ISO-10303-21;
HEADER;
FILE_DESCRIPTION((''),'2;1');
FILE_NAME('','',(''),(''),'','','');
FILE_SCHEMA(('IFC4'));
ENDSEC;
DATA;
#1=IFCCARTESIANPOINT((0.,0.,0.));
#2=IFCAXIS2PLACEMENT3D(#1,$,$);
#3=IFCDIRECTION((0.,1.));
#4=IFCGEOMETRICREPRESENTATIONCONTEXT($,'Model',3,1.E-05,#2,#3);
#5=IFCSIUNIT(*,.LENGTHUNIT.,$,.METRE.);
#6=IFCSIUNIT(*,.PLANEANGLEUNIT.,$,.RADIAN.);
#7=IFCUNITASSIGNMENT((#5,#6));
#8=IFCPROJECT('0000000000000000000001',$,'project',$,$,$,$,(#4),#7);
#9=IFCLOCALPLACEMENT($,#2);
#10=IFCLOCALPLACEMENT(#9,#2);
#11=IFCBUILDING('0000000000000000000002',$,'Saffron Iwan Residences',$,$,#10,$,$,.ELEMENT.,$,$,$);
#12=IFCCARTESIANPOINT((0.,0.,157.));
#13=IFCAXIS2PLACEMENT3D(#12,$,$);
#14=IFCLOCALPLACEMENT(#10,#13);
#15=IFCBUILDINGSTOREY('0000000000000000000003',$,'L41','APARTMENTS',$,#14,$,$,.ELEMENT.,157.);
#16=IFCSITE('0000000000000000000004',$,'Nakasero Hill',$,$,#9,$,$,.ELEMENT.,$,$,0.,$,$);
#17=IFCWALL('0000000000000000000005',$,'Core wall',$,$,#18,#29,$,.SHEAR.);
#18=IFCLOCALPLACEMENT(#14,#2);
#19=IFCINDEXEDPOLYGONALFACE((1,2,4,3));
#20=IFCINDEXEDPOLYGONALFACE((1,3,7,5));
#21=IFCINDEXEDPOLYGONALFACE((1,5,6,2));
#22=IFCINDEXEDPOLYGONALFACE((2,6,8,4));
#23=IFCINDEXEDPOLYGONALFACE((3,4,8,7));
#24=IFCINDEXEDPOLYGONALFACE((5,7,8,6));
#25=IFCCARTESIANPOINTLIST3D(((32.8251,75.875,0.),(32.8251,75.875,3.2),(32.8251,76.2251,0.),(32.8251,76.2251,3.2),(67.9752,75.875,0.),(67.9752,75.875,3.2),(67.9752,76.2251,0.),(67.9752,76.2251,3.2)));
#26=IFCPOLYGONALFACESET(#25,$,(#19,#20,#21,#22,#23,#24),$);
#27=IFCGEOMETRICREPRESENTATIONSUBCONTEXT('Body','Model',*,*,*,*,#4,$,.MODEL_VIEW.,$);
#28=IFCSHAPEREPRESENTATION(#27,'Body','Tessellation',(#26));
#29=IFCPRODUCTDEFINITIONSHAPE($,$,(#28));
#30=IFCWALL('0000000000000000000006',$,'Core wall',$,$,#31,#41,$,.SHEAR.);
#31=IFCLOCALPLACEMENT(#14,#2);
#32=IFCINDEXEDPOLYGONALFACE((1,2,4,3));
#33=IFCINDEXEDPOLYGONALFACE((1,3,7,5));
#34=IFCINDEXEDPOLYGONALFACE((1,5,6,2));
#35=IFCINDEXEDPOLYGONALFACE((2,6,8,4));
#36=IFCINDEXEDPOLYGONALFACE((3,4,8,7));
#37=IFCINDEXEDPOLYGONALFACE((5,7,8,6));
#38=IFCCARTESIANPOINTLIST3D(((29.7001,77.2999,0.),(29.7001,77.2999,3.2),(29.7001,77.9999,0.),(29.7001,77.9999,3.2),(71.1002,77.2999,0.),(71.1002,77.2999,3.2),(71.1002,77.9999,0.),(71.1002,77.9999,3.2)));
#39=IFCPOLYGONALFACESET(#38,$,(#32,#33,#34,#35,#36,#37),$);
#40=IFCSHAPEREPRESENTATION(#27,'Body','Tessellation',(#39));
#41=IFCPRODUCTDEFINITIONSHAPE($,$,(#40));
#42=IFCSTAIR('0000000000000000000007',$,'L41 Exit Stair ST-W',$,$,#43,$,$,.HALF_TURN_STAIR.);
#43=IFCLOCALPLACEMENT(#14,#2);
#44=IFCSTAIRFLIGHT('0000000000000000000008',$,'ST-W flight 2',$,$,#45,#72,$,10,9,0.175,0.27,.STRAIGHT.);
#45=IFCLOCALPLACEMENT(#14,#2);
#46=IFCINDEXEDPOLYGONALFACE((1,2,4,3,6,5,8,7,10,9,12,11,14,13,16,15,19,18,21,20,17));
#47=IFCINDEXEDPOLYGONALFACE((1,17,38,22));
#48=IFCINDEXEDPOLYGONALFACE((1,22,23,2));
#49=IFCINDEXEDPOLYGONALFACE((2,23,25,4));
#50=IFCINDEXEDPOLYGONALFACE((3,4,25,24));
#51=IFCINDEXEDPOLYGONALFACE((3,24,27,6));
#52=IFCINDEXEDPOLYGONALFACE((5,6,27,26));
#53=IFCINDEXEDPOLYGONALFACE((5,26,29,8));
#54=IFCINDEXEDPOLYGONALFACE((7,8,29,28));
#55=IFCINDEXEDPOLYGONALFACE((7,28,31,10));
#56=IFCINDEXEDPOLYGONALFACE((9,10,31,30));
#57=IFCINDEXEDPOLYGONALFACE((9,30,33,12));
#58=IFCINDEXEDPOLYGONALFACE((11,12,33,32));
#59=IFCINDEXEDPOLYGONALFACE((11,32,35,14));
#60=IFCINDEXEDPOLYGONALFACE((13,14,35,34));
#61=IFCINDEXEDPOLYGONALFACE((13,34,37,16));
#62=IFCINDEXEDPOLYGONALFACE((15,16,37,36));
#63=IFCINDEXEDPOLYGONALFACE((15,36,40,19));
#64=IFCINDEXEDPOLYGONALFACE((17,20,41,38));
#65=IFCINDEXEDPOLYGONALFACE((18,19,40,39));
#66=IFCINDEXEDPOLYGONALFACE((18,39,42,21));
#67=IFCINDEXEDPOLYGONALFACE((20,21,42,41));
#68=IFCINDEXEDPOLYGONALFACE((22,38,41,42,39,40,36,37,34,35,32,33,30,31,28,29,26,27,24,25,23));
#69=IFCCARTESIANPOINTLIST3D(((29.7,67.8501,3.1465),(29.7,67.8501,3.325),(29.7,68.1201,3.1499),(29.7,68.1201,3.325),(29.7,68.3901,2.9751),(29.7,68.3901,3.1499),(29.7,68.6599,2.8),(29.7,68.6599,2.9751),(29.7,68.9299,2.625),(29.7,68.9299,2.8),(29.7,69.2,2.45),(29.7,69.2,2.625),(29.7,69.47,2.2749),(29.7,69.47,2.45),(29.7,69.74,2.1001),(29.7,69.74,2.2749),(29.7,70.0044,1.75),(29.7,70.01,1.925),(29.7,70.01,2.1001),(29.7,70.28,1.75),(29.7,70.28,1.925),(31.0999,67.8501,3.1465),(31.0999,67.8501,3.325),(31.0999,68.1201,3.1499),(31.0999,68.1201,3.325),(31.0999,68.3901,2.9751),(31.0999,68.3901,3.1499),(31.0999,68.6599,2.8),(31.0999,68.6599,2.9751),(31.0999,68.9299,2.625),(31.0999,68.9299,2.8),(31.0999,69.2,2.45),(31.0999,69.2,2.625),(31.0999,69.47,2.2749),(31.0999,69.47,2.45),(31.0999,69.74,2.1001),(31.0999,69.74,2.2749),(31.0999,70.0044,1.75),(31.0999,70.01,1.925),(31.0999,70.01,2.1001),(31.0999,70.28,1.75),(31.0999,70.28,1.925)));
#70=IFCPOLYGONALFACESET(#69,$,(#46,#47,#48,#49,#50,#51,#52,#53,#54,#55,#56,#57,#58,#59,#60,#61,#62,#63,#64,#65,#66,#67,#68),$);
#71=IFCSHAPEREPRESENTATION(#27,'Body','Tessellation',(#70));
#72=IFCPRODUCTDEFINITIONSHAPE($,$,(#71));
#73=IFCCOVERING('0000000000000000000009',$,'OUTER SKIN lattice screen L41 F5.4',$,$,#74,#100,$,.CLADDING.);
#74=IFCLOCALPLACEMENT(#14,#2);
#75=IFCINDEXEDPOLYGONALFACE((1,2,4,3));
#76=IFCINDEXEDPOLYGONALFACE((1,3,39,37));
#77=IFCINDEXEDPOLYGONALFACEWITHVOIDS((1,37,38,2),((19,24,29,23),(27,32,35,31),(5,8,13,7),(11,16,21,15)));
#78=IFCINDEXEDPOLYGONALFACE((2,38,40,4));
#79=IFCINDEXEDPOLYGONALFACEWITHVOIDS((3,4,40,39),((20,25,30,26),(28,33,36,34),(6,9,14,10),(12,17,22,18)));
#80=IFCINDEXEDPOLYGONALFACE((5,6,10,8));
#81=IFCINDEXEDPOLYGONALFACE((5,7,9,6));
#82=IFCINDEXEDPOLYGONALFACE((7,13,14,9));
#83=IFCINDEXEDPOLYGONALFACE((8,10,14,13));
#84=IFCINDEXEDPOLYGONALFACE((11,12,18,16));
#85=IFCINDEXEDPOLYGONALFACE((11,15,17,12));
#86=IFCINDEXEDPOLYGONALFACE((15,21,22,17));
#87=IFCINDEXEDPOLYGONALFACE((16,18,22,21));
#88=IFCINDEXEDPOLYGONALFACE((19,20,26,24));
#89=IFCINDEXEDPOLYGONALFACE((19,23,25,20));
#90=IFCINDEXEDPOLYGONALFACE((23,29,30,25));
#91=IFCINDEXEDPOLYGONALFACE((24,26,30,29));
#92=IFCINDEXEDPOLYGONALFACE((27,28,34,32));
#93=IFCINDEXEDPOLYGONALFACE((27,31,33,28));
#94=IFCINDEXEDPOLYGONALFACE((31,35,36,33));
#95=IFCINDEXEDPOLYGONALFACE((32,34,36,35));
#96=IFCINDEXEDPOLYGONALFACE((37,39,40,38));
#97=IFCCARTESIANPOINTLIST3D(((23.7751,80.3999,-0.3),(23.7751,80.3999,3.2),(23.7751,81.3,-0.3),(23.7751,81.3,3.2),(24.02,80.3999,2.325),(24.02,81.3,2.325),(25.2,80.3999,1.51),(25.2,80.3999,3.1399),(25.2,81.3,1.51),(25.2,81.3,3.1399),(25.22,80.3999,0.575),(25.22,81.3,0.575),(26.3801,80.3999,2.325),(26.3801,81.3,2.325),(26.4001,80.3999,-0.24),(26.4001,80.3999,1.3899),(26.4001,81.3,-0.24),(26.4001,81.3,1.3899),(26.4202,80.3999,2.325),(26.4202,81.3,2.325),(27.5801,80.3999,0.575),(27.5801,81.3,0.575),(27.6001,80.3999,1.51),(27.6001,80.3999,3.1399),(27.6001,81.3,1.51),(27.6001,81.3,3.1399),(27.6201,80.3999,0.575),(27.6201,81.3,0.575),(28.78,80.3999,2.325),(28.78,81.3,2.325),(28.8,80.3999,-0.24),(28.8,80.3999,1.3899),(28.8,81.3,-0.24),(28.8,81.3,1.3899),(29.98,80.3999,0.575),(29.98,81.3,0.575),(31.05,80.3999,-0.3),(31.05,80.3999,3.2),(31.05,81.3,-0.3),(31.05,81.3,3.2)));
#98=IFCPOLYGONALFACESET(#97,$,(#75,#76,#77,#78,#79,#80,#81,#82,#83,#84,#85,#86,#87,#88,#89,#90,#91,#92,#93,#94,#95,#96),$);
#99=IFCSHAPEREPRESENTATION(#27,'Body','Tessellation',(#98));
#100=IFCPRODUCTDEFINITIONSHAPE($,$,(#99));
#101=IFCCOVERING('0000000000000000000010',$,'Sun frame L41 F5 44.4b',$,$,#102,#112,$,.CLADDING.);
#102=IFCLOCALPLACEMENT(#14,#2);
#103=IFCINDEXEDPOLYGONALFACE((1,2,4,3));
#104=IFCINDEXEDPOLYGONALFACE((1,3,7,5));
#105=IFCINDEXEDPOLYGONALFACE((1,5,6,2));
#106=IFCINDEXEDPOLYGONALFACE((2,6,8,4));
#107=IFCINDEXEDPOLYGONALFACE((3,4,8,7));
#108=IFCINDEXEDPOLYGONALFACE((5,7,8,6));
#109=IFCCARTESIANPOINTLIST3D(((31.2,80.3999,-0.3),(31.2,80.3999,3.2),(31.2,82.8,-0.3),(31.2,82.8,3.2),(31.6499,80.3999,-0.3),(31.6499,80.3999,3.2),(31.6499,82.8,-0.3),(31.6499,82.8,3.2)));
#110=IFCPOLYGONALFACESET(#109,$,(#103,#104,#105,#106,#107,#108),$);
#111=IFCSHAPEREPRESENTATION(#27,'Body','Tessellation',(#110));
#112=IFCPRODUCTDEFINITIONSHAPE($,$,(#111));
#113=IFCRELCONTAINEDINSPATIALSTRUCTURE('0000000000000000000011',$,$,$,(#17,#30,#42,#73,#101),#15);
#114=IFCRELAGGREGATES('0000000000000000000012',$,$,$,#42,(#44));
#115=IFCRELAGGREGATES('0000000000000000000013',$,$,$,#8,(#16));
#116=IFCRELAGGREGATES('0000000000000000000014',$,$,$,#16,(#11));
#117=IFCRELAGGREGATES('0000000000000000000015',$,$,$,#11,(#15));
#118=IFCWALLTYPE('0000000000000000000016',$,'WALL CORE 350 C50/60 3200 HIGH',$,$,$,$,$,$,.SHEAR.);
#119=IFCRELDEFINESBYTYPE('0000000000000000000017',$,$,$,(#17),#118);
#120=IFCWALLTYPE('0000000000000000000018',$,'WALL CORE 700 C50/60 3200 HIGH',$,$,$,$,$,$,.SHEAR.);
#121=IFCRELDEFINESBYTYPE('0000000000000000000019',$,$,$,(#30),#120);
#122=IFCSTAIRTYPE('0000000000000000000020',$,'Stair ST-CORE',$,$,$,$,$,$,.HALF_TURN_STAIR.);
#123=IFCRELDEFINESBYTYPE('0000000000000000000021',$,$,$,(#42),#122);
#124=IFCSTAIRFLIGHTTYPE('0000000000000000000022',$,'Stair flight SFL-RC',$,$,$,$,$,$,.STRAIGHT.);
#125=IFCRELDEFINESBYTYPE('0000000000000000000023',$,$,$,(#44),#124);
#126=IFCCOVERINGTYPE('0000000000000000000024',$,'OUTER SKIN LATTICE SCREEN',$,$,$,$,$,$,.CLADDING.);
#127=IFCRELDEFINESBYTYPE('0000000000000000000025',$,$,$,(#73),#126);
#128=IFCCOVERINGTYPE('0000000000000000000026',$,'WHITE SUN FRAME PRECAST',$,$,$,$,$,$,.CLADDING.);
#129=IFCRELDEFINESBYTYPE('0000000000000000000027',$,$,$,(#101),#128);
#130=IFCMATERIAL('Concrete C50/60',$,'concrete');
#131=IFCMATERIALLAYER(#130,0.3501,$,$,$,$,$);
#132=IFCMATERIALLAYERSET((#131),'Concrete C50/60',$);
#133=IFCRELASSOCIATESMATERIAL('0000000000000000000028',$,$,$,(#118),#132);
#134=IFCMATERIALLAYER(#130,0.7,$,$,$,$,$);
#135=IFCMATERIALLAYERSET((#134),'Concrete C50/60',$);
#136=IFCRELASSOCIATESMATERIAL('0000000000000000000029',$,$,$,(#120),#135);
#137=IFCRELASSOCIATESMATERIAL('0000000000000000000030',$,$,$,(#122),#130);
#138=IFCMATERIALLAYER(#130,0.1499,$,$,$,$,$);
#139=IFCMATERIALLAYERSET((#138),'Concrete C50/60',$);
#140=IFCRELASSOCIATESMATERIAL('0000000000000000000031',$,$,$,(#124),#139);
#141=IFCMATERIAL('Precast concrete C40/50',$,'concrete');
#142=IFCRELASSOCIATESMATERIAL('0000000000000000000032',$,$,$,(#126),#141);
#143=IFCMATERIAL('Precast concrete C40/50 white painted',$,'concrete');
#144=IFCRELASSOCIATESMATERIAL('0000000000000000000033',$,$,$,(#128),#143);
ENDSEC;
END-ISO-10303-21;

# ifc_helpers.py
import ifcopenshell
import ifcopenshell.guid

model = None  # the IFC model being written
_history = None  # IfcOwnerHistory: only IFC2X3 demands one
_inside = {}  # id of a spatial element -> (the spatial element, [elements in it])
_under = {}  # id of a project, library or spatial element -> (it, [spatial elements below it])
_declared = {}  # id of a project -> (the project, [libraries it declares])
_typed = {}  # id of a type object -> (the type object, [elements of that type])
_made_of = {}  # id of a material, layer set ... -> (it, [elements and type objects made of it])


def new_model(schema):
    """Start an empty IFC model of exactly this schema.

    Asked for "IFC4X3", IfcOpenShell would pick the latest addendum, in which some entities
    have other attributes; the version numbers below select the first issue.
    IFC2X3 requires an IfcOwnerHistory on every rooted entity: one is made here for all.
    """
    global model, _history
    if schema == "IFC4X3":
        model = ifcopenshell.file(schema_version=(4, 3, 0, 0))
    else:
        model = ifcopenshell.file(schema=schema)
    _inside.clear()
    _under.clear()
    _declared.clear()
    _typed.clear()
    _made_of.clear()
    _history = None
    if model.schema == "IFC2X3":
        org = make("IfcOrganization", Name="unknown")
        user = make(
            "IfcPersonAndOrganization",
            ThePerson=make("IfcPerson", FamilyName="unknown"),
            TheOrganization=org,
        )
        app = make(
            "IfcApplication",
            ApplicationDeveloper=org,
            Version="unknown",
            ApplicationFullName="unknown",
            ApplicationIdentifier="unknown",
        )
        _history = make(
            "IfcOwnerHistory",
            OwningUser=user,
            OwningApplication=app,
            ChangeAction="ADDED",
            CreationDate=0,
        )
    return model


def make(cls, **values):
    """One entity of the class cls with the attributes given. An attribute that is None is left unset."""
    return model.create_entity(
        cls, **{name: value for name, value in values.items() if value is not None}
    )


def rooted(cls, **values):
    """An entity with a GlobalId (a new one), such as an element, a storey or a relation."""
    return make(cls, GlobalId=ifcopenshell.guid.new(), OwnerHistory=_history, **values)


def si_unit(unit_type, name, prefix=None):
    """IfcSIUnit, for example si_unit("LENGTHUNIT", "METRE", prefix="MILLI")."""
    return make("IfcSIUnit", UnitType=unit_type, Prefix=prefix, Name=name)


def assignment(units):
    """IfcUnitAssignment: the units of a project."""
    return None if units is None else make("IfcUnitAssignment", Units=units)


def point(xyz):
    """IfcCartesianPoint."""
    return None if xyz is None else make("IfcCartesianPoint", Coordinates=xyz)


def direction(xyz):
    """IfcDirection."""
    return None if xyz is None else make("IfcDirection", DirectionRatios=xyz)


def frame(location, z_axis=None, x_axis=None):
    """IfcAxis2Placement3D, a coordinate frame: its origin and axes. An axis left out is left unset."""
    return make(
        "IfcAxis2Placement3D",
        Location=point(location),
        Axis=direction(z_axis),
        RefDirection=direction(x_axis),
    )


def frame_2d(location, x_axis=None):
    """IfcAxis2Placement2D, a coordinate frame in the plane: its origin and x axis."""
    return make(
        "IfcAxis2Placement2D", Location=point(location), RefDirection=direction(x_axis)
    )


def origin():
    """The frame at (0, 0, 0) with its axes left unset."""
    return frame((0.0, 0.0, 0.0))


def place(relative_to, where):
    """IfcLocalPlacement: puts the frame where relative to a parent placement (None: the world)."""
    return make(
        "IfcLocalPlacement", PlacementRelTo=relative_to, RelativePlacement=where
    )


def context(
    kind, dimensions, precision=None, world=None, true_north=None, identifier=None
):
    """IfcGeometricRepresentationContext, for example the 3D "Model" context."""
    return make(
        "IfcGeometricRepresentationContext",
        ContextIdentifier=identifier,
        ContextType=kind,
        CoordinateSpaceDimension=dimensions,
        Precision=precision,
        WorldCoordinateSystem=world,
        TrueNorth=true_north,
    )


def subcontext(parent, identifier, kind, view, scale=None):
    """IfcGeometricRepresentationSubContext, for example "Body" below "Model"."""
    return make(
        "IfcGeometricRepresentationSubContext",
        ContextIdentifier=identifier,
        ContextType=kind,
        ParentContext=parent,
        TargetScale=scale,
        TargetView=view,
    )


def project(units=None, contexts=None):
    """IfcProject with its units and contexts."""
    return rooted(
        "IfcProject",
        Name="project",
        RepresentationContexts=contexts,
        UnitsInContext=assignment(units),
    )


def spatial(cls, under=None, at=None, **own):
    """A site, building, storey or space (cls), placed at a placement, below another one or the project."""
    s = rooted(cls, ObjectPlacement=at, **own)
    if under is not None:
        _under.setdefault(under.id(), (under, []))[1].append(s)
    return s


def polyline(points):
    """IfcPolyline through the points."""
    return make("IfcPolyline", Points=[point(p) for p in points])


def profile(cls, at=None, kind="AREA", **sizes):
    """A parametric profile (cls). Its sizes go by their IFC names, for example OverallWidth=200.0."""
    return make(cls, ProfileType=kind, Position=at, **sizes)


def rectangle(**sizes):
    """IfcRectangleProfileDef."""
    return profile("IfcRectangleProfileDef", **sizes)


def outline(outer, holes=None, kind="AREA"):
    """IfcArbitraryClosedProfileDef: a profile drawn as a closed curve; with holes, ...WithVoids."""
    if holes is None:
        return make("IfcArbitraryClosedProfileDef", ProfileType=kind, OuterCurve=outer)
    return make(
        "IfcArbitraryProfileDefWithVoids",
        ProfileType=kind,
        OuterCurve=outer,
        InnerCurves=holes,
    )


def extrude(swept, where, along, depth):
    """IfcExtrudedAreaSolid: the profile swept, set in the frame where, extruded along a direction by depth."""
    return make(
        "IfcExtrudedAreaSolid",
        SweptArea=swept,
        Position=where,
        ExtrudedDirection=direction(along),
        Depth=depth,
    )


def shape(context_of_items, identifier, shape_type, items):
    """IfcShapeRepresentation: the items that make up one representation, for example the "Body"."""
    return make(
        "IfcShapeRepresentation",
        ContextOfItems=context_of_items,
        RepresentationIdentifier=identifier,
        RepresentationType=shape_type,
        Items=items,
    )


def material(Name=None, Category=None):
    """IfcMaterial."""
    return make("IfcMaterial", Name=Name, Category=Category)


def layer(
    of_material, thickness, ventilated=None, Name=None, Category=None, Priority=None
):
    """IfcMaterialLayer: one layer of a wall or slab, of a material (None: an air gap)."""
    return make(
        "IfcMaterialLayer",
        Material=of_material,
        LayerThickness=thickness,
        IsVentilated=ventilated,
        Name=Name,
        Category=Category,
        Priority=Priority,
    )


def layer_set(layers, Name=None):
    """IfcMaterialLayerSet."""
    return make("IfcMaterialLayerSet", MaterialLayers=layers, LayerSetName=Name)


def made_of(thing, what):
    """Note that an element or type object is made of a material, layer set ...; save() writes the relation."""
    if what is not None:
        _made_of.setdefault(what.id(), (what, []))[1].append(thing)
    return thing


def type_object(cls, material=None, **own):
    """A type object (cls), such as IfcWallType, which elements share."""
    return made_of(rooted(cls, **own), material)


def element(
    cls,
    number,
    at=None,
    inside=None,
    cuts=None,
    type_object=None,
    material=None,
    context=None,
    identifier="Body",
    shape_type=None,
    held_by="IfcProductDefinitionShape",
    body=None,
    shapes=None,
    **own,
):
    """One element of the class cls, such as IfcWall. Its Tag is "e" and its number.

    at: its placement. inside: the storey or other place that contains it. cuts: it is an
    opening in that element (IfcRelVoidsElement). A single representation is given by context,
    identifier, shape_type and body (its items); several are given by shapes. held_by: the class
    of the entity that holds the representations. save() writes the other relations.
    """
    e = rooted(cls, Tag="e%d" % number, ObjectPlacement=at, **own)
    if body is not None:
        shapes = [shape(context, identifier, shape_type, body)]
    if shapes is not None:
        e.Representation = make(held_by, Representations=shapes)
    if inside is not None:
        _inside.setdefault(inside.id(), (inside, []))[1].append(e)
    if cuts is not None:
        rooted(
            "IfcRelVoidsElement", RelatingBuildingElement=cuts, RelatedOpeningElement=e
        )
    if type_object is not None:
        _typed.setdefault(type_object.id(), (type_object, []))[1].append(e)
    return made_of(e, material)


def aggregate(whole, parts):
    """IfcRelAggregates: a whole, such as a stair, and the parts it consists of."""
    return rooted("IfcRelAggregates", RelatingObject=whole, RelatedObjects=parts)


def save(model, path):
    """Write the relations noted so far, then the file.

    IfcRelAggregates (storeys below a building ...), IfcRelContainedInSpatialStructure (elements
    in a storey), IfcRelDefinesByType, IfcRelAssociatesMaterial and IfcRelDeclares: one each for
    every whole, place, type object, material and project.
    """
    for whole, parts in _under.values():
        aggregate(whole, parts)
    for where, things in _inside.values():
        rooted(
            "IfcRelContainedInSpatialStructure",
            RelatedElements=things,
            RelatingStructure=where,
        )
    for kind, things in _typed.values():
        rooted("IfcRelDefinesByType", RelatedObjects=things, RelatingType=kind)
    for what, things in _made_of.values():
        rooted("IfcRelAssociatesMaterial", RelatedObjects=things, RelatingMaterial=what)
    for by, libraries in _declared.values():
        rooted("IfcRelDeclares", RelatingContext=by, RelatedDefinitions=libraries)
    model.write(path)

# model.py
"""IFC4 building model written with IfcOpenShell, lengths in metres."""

from ifc_helpers import new_model, si_unit, direction, frame, frame_2d, origin, place, context, subcontext, project, spatial, polyline, rectangle, outline, extrude, material, layer, layer_set, type_object, element, aggregate, save


model = new_model("IFC4")

# Units and contexts
model_context = context("Model", 3, precision=1e-05, world=origin(), true_north=direction((0.0, 1.0)))
body_context = subcontext(model_context, "Body", "Model", "MODEL_VIEW")
ifc_project = project(units=[si_unit("LENGTHUNIT", "METRE"), si_unit("PLANEANGLEUNIT", "RADIAN")], contexts=[model_context])

# Site, building, storey
site_placement = place(None, origin())
site = spatial("IfcSite", under=ifc_project, at=site_placement, Name="Nakasero Hill", CompositionType="ELEMENT", RefElevation=0.0)
building_placement = place(site_placement, origin())
building = spatial("IfcBuilding", under=site, at=building_placement, Name="Saffron Iwan Residences", CompositionType="ELEMENT")
storey_placement = place(building_placement, frame((0.0, 0.0, 157.0)))
storey = spatial("IfcBuildingStorey", under=building, at=storey_placement, Name="L41", Description="APARTMENTS", CompositionType="ELEMENT", Elevation=157.0)

# Shared definitions
ifc_material_1 = material(Name="Concrete C50/60", Category="concrete")
ifc_layer_1 = layer(ifc_material_1, 0.3501)
ifc_layer_set_1 = layer_set([ifc_layer_1], Name="Concrete C50/60")
wall_type_1 = type_object("IfcWallType", Name="WALL CORE 350 C50/60 3200 HIGH", PredefinedType="SHEAR", material=ifc_layer_set_1)

# Walls
wall_1_placement = place(storey_placement, frame((32.825, 76.05, 0.0), z_axis=(0.0, 0.0, 1.0), x_axis=(1.0, 0.0, 0.0)))
element("IfcWall", 1, at=wall_1_placement, inside=storey, type_object=wall_type_1, Name="Core wall", PredefinedType="SHEAR", context=body_context, shape_type="SweptSolid", body=[
    extrude(rectangle(XDim=35.1501, YDim=0.3501, at=frame_2d((17.5752, 0.0))), origin(), (0.0, 0.0, 1.0), 3.2),
])
ifc_layer_2 = layer(ifc_material_1, 0.7)
ifc_layer_set_2 = layer_set([ifc_layer_2], Name="Concrete C50/60")
wall_type_2 = type_object("IfcWallType", Name="WALL CORE 700 C50/60 3200 HIGH", PredefinedType="SHEAR", material=ifc_layer_set_2)
wall_2_placement = place(storey_placement, frame((29.7, 77.6499, 0.0), z_axis=(0.0, 0.0, 1.0), x_axis=(1.0, 0.0, 0.0)))
element("IfcWall", 2, at=wall_2_placement, inside=storey, type_object=wall_type_2, Name="Core wall", PredefinedType="SHEAR", context=body_context, shape_type="SweptSolid", body=[
    extrude(rectangle(XDim=41.4001, YDim=0.7, at=frame_2d((20.7002, 0.0))), origin(), (0.0, 0.0, 1.0), 3.2),
])

# Stair, stair flight
stair_type = type_object("IfcStairType", Name="Stair ST-CORE", PredefinedType="HALF_TURN_STAIR", material=ifc_material_1)
stair_placement = place(storey_placement, origin())
stair = element("IfcStair", 3, at=stair_placement, inside=storey, type_object=stair_type, Name="L41 Exit Stair ST-W", PredefinedType="HALF_TURN_STAIR")
ifc_layer_3 = layer(ifc_material_1, 0.1499)
ifc_layer_set_3 = layer_set([ifc_layer_3], Name="Concrete C50/60")
stair_flight_type = type_object("IfcStairFlightType", Name="Stair flight SFL-RC", PredefinedType="STRAIGHT", material=ifc_layer_set_3)
stair_flight_placement = place(storey_placement, frame((30.3999, 70.28, 1.75), z_axis=(0.0, 0.0, 1.0), x_axis=(0.0, -1.0, 0.0)))
stair_flight = element("IfcStairFlight", 4, at=stair_flight_placement, type_object=stair_flight_type, Name="ST-W flight 2", NumberOfRisers=10, NumberOfTreads=9, PredefinedType="STRAIGHT", RiserHeight=0.175, TreadLength=0.27, context=body_context, shape_type="SweptSolid", body=[
    extrude(outline(polyline([(0.0, 0.0), (0.0, 0.175), (0.27, 0.175), (0.27, 0.3501), (0.54, 0.3501), (0.54, 0.5249), (0.8101, 0.5249), (0.8101, 0.7), (1.0801, 0.7), (1.0801, 0.875), (1.3501, 0.875), (1.3501, 1.05), (1.6201, 1.05), (1.6201, 1.2251), (1.8899, 1.2251), (1.8899, 1.3999), (2.1599, 1.3999), (2.1599, 1.575), (2.4299, 1.575), (2.4299, 1.75), (2.4299, 1.3965), (0.2756, 0.0), (0.0, 0.0)])), frame((0.0, 0.7, 0.0), z_axis=(0.0, -1.0, 0.0), x_axis=(1.0, 0.0, 0.0)), (0.0, 0.0, 1.0), 1.3999),
])
aggregate(stair, [stair_flight])

# Coverings
ifc_material_2 = material(Name="Precast concrete C40/50", Category="concrete")
covering_type_1 = type_object("IfcCoveringType", Name="OUTER SKIN LATTICE SCREEN", PredefinedType="CLADDING", material=ifc_material_2)
covering_1_placement = place(storey_placement, frame((31.05, 80.3999, -0.3), z_axis=(0.0, 1.0, 0.0), x_axis=(-1.0, 0.0, 0.0)))
element("IfcCovering", 5, at=covering_1_placement, inside=storey, type_object=covering_type_1, Name="OUTER SKIN lattice screen L41 F5.4", PredefinedType="CLADDING", context=body_context, shape_type="SweptSolid", body=[
    extrude(outline(polyline([(0.0, 0.0), (7.2749, 0.0), (7.2749, 3.5), (0.0, 3.5), (0.0, 0.0)]), holes=[polyline([(1.0701, 0.875), (2.25, 0.0601), (3.4299, 0.875), (2.25, 1.6899), (1.0701, 0.875)]), polyline([(3.47, 0.875), (4.6499, 0.0601), (5.8301, 0.875), (4.6499, 1.6899), (3.47, 0.875)]), polyline([(2.27, 2.625), (3.45, 1.8101), (4.6299, 2.625), (3.45, 3.4399), (2.27, 2.625)]), polyline([(4.6699, 2.625), (5.8501, 1.8101), (7.03, 2.625), (5.8501, 3.4399), (4.6699, 2.625)])]), origin(), (0.0, 0.0, 1.0), 0.9001),
])
ifc_material_3 = material(Name="Precast concrete C40/50 white painted", Category="concrete")
covering_type_2 = type_object("IfcCoveringType", Name="WHITE SUN FRAME PRECAST", PredefinedType="CLADDING", material=ifc_material_3)
covering_2_placement = place(storey_placement, frame((31.6499, 80.3999, -0.3), z_axis=(0.0, 1.0, 0.0), x_axis=(-1.0, 0.0, 0.0)))
element("IfcCovering", 6, at=covering_2_placement, inside=storey, type_object=covering_type_2, Name="Sun frame L41 F5 44.4b", PredefinedType="CLADDING", context=body_context, shape_type="SweptSolid", body=[
    extrude(outline(polyline([(0.0, 0.0), (0.45, 0.0), (0.45, 3.5), (0.0, 3.5), (0.0, 0.0)])), origin(), (0.0, 0.0, 1.0), 2.4001),
])

save(model, "model.ifc")
